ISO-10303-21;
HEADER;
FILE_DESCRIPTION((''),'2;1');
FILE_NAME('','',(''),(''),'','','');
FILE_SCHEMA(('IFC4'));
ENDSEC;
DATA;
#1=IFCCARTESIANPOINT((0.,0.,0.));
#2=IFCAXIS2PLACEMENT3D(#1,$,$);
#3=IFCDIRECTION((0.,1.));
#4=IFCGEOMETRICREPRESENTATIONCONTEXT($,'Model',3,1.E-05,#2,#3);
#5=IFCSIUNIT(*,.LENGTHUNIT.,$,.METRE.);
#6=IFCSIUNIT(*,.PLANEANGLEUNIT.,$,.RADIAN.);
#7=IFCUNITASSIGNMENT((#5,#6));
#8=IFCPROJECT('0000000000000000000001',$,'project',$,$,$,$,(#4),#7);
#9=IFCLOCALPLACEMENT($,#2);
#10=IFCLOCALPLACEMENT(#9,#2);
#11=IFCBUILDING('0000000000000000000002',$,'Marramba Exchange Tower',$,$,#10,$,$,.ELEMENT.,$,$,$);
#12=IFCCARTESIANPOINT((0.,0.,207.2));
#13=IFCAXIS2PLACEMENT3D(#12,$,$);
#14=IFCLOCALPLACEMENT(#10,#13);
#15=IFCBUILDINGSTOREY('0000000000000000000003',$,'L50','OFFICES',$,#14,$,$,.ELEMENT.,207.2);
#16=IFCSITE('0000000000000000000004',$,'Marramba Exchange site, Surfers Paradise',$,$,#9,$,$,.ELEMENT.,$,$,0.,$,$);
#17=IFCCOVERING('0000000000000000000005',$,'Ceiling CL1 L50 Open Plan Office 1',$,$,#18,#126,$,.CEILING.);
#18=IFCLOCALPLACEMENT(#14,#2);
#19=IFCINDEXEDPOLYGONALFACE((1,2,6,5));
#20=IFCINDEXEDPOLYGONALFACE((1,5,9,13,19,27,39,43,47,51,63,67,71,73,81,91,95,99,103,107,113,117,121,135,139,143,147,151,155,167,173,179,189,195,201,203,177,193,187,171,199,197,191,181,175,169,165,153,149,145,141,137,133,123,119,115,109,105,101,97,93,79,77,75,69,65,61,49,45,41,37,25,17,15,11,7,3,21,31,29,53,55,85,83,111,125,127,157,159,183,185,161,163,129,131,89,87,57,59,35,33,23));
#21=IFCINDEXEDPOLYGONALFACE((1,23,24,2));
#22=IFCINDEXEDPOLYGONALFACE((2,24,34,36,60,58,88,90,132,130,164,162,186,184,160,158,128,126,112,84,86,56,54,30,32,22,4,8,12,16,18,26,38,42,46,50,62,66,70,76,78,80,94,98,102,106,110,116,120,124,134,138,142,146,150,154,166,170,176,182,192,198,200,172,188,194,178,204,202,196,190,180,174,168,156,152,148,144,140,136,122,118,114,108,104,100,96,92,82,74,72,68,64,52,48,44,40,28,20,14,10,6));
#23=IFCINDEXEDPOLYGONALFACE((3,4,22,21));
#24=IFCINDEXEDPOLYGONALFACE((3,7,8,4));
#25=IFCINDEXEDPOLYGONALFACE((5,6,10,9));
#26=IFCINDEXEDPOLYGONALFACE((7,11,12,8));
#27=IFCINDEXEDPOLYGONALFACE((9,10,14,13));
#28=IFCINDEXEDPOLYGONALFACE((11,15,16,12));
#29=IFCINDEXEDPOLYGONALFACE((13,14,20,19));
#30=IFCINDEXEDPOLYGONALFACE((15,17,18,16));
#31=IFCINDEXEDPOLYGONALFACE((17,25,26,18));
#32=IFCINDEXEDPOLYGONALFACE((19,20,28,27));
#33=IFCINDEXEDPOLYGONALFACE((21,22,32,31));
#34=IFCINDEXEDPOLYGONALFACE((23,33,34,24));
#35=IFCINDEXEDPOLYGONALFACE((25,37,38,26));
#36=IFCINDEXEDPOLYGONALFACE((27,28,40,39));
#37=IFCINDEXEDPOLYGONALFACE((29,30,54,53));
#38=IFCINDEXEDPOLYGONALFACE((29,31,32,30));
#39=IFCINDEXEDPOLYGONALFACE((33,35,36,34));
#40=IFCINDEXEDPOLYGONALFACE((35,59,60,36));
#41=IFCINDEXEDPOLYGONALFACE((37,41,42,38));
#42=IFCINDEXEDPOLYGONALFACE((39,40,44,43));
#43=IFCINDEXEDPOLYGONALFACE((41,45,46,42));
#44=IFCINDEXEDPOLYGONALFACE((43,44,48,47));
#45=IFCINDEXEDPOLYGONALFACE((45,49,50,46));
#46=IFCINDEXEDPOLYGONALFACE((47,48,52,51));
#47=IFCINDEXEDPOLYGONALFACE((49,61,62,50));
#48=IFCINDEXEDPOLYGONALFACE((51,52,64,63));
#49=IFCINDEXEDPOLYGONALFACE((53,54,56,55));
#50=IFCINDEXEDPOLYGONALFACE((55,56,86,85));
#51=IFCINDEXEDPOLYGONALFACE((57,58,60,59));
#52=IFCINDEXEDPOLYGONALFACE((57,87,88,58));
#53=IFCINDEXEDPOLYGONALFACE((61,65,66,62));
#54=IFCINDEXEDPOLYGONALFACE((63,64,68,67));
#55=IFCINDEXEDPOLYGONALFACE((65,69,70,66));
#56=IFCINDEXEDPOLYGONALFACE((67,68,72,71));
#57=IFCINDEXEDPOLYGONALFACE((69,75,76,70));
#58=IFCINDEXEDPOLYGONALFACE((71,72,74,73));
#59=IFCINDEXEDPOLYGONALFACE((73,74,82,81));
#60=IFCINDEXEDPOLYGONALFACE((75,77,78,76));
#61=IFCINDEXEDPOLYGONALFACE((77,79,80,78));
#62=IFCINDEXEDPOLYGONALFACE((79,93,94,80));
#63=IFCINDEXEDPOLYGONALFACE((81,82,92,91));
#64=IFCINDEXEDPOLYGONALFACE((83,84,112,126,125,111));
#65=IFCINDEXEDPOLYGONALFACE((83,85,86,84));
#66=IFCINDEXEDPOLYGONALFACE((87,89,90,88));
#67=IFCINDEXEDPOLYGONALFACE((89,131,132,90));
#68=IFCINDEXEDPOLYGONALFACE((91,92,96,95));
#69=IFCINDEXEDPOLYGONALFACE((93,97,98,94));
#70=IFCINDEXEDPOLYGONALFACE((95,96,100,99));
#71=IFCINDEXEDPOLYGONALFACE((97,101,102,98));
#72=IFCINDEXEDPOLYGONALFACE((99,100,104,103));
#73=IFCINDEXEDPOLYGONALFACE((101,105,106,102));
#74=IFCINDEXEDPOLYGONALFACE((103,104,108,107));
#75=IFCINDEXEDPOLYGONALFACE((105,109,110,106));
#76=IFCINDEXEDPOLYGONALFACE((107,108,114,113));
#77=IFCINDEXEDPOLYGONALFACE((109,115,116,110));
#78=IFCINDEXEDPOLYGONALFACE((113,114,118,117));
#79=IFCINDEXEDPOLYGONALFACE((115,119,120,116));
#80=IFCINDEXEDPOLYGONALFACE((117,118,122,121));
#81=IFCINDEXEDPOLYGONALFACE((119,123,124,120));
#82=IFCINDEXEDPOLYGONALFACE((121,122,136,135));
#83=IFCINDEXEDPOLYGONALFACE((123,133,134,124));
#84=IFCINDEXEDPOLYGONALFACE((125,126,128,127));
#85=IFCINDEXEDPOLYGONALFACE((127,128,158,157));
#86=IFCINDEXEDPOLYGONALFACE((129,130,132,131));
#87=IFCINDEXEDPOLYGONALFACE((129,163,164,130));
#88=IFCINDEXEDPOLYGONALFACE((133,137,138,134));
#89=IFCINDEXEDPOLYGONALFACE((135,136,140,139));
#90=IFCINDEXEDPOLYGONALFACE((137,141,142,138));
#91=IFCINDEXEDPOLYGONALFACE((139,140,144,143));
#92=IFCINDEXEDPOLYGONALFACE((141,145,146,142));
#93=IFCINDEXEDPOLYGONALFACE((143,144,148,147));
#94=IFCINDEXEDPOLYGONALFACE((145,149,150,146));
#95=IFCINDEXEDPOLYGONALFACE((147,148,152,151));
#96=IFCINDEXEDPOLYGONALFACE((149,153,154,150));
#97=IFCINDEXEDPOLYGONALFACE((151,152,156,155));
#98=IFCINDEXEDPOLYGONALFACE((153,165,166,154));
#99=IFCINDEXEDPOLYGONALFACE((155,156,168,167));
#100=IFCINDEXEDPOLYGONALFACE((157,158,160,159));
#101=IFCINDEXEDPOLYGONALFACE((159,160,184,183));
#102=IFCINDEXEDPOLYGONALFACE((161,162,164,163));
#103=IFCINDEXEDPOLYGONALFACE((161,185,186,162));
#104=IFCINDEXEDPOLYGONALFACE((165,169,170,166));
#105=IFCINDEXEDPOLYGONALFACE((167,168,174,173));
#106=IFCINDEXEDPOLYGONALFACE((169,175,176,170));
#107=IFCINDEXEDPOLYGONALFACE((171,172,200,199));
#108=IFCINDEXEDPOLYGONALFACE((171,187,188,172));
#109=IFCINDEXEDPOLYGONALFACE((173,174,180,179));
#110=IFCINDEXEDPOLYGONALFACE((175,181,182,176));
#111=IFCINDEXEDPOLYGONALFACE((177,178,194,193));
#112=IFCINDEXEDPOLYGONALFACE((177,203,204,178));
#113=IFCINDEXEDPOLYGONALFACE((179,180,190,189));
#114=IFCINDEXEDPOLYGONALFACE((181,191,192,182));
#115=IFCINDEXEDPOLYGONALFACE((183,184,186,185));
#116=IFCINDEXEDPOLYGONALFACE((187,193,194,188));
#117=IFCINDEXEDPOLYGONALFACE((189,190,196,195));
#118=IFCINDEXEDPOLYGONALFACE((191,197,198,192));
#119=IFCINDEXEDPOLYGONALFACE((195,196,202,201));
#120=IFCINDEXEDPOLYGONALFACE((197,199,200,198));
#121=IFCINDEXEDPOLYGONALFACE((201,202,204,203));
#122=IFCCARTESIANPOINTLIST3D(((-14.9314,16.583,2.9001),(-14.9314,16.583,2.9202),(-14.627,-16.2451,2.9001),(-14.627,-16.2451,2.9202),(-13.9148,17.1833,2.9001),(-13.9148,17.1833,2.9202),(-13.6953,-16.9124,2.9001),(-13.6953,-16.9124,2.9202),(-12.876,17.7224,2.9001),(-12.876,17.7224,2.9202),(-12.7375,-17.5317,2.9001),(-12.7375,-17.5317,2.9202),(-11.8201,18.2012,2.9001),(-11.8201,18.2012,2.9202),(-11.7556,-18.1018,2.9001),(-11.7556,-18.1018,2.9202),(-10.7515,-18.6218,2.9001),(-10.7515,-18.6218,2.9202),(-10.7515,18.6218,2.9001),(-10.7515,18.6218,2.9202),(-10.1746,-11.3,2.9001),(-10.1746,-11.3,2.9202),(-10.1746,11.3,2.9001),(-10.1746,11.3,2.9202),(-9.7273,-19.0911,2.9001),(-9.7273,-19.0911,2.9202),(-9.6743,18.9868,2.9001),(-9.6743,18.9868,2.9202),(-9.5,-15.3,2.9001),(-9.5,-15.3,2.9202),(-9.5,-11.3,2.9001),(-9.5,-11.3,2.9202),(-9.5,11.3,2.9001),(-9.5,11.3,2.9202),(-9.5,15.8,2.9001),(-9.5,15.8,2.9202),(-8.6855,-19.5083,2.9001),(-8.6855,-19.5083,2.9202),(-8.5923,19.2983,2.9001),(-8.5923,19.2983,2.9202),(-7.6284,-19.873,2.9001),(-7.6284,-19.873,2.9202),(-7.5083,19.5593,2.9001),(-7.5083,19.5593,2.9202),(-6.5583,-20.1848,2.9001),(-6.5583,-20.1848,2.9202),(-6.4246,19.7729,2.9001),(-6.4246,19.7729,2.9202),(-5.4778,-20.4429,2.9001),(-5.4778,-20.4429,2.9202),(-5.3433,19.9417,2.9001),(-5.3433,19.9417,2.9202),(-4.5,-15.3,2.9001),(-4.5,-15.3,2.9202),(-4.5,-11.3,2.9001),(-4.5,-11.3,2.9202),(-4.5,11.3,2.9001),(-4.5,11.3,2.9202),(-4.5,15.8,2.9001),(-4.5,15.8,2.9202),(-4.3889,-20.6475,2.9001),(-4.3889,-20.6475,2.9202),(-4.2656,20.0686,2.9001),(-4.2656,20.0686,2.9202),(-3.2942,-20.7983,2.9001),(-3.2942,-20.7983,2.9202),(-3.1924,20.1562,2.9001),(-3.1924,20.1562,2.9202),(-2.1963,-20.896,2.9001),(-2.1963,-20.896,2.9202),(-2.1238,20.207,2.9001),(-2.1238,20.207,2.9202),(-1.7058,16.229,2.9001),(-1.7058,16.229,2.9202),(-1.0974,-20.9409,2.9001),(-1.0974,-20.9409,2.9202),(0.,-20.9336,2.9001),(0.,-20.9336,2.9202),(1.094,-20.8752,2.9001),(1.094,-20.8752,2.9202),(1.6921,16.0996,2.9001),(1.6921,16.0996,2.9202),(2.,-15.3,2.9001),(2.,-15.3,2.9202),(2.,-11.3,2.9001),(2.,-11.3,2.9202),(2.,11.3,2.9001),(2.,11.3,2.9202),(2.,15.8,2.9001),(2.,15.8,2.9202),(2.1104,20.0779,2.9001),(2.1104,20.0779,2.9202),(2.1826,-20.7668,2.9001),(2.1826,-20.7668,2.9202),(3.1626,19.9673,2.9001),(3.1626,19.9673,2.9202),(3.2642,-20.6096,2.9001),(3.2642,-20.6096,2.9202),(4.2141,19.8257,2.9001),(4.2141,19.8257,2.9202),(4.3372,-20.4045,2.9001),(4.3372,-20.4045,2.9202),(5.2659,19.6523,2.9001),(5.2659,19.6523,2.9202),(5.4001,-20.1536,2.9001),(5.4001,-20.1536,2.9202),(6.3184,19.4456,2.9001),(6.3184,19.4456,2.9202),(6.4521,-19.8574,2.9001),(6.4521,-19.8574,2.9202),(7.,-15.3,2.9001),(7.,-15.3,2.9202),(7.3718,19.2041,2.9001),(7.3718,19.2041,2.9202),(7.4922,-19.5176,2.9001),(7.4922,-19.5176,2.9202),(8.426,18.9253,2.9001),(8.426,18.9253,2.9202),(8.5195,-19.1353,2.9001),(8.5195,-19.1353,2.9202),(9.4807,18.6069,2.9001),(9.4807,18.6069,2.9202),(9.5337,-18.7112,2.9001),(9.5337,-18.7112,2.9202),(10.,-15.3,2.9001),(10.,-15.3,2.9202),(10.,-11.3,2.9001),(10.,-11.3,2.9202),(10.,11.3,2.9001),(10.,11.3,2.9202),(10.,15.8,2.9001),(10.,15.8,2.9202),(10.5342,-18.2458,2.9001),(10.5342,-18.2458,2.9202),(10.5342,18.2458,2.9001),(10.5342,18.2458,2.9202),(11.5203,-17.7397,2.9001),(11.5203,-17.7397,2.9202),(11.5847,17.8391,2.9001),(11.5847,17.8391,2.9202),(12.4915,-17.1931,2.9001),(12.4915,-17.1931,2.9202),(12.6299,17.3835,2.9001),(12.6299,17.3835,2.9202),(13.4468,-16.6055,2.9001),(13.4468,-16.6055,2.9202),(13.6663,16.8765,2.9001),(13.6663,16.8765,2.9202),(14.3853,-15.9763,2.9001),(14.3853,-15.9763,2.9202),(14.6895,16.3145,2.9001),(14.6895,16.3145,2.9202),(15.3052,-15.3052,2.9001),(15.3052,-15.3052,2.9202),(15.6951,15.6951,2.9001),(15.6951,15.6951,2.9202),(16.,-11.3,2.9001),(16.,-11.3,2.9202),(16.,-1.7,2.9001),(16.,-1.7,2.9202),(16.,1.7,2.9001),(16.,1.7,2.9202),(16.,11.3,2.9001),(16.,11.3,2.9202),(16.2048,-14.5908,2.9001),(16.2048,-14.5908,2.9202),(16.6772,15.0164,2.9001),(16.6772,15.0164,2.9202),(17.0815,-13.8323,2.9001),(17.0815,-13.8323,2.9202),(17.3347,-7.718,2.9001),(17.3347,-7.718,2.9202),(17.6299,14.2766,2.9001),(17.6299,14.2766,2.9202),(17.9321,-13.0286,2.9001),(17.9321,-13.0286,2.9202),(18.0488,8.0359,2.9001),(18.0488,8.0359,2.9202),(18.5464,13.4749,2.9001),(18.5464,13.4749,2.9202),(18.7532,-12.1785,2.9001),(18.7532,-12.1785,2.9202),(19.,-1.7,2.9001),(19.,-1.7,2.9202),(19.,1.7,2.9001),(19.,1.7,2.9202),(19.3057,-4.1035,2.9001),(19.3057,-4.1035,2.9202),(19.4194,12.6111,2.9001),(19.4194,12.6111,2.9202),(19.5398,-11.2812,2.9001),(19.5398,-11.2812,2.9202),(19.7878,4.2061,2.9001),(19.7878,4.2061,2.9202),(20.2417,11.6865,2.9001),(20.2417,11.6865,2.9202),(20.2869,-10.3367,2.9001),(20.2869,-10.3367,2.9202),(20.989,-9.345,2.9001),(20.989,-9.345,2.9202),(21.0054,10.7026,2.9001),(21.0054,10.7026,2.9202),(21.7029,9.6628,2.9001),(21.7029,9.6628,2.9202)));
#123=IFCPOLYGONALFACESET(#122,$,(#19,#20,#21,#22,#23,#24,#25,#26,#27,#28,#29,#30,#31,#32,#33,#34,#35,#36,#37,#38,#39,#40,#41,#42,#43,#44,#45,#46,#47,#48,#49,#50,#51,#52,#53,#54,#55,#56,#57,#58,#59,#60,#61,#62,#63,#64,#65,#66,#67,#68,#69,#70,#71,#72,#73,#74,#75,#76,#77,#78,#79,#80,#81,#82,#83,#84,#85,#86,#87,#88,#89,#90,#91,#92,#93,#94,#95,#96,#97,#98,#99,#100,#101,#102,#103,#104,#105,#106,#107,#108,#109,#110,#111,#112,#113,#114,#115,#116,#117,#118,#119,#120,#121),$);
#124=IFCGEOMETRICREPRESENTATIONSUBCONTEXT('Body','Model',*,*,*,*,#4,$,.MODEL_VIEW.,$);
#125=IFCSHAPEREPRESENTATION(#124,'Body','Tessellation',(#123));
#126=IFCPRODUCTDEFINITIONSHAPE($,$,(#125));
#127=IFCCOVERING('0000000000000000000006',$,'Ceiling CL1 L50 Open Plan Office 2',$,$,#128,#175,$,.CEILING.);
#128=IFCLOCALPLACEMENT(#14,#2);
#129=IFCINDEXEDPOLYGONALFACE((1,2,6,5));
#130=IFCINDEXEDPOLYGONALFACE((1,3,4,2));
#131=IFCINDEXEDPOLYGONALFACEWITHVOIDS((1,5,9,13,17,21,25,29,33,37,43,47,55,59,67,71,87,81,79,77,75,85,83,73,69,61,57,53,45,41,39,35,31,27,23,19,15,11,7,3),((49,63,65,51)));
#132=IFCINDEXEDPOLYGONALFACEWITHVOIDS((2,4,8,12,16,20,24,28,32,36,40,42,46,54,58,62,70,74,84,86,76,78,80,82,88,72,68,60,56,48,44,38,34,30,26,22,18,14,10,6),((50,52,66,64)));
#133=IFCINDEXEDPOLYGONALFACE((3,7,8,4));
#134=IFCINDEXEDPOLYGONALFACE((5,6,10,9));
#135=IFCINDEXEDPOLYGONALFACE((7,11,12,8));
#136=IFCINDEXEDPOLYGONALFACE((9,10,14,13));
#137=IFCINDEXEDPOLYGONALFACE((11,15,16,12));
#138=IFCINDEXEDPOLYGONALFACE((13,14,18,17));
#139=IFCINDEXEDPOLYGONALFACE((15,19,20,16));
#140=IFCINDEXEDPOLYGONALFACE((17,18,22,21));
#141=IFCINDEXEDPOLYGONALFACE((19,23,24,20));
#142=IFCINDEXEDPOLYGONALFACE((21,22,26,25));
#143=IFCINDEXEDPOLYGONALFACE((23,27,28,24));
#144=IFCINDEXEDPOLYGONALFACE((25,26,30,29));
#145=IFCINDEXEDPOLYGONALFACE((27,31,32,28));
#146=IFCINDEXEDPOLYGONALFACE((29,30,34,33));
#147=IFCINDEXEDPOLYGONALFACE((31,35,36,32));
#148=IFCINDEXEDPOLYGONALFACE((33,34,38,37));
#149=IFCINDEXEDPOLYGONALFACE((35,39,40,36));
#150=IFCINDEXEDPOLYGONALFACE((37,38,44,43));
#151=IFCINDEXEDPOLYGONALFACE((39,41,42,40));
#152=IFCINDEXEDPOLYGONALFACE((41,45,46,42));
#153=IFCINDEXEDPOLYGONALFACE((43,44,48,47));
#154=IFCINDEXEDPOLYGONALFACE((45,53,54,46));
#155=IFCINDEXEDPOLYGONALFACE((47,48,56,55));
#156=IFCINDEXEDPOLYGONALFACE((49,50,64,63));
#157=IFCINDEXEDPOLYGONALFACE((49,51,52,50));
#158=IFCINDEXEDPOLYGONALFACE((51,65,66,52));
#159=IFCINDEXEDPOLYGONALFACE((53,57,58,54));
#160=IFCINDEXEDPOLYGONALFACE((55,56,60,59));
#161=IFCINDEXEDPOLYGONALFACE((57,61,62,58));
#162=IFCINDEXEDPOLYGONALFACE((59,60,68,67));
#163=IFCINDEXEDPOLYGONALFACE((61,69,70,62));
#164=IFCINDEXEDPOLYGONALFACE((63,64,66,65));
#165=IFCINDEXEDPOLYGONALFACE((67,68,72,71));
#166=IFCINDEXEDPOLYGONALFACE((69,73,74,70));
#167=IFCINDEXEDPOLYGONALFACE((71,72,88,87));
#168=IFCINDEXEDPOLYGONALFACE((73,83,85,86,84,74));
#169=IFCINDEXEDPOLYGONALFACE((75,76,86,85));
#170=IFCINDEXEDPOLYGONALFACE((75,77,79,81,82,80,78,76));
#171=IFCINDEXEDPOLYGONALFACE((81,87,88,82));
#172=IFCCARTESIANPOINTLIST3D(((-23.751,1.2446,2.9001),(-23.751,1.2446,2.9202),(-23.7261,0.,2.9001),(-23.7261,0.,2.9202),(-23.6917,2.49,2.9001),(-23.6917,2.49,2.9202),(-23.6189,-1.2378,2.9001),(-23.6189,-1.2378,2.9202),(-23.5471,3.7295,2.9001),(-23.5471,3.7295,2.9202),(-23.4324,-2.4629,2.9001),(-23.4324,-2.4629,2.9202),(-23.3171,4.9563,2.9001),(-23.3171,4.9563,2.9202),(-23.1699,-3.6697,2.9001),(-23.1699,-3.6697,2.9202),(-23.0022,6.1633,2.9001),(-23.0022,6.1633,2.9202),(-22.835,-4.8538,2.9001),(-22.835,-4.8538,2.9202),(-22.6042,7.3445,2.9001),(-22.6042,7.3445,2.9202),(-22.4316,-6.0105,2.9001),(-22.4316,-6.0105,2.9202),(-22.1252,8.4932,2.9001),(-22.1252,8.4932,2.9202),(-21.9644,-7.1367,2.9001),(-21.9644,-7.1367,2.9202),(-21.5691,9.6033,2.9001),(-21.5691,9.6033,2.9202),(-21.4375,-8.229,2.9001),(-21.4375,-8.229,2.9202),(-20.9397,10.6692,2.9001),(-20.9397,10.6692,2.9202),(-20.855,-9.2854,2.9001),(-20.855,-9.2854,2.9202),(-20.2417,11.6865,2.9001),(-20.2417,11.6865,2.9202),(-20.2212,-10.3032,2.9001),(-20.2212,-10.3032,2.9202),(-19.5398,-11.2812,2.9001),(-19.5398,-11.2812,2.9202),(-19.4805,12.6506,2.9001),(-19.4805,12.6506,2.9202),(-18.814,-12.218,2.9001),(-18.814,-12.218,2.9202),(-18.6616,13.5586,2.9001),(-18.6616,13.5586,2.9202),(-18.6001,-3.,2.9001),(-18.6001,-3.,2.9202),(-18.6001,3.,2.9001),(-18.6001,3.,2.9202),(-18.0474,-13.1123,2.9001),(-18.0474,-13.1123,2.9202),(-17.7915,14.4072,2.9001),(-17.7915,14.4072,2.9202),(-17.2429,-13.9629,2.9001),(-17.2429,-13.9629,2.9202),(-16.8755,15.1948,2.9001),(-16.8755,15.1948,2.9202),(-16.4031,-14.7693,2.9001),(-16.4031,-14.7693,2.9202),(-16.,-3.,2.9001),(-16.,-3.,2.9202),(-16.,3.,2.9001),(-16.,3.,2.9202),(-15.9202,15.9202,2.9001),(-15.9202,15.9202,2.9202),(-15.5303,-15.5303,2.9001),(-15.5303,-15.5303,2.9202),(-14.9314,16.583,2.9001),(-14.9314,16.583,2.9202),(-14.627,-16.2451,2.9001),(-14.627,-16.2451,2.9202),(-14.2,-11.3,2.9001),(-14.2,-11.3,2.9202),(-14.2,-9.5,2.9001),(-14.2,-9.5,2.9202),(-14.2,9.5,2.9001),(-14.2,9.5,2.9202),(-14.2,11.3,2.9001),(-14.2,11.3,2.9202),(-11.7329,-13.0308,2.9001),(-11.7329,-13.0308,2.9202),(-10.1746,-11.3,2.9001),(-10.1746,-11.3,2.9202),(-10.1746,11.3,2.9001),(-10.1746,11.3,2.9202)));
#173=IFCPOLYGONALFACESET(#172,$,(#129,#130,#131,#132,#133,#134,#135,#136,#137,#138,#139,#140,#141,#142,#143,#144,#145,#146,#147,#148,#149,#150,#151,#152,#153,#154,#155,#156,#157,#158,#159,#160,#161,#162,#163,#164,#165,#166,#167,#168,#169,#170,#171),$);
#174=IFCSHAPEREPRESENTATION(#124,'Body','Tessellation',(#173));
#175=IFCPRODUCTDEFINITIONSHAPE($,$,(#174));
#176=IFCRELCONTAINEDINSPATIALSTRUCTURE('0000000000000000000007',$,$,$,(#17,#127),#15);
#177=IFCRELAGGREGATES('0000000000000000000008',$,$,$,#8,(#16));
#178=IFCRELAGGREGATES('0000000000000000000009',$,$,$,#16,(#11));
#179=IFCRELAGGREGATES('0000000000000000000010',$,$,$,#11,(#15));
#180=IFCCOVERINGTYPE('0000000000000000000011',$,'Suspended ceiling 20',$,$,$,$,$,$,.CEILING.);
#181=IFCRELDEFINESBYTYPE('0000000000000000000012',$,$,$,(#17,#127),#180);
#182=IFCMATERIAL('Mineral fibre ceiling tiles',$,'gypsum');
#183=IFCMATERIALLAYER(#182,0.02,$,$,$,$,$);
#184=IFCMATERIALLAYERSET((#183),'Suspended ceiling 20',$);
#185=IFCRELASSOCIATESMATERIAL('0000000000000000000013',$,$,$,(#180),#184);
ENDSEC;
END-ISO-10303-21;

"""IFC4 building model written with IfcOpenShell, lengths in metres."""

from ifc_helpers import new_model, si_unit, direction, frame, origin, place, context, subcontext, project, spatial, polyline, outline, extrude, material, layer, layer_set, type_object, element, save


model = new_model("IFC4")

# Units and contexts
model_context = context("Model", 3, precision=1e-05, world=origin(), true_north=direction((0.0, 1.0)))
body_context = subcontext(model_context, "Body", "Model", "MODEL_VIEW")
ifc_project = project(units=[si_unit("LENGTHUNIT", "METRE"), si_unit("PLANEANGLEUNIT", "RADIAN")], contexts=[model_context])

# Site, building, storey
site_placement = place(None, origin())
site = spatial("IfcSite", under=ifc_project, at=site_placement, Name="Marramba Exchange site, Surfers Paradise", CompositionType="ELEMENT", RefElevation=0.0)
building_placement = place(site_placement, origin())
building = spatial("IfcBuilding", under=site, at=building_placement, Name="Marramba Exchange Tower", CompositionType="ELEMENT")
storey_placement = place(building_placement, frame((0.0, 0.0, 207.2)))
storey = spatial("IfcBuildingStorey", under=building, at=storey_placement, Name="L50", Description="OFFICES", CompositionType="ELEMENT", Elevation=207.2)

# Coverings
ifc_material_1 = material(Name="Mineral fibre ceiling tiles", Category="gypsum")
ifc_layer_1 = layer(ifc_material_1, 0.02)
ifc_layer_set_1 = layer_set([ifc_layer_1], Name="Suspended ceiling 20")
covering_type = type_object("IfcCoveringType", Name="Suspended ceiling 20", PredefinedType="CEILING", material=ifc_layer_set_1)
covering_1_placement = place(storey_placement, frame((0.0, 0.0, 2.9001)))
element("IfcCovering", 1, at=covering_1_placement, inside=storey, type_object=covering_type, Name="Ceiling CL1 L50 Open Plan Office 1", PredefinedType="CEILING", context=body_context, shape_type="SweptSolid", body=[
    extrude(outline(polyline([(16.0, -1.7), (19.0, -1.7), (19.0, 1.7), (16.0, 1.7), (16.0, 11.3), (10.0, 11.3), (10.0, 15.8), (2.0, 15.8), (2.0, 11.3), (-4.5, 11.3), (-4.5, 15.8), (-9.5, 15.8), (-9.5, 11.3), (-10.1746, 11.3), (-14.9314, 16.583), (-13.9148, 17.1833), (-12.876, 17.7224), (-11.8201, 18.2012), (-10.7515, 18.6218), (-9.6743, 18.9868), (-8.5923, 19.2983), (-7.5083, 19.5593), (-6.4246, 19.7729), (-5.3433, 19.9417), (-4.2656, 20.0686), (-3.1924, 20.1562), (-2.1238, 20.207), (-1.7058, 16.229), (1.6921, 16.0996), (2.1104, 20.0779), (3.1626, 19.9673), (4.2141, 19.8257), (5.2659, 19.6523), (6.3184, 19.4456), (7.3718, 19.2041), (8.426, 18.9253), (9.4807, 18.6069), (10.5342, 18.2458), (11.5847, 17.8391), (12.6299, 17.3835), (13.6663, 16.8765), (14.6895, 16.3145), (15.6951, 15.6951), (16.6772, 15.0164), (17.6299, 14.2766), (18.5464, 13.4749), (19.4194, 12.6111), (20.2417, 11.6865), (21.0054, 10.7026), (21.7029, 9.6628), (18.0488, 8.0359), (19.7878, 4.2061), (19.3057, -4.1035), (17.3347, -7.718), (20.989, -9.345), (20.2869, -10.3367), (19.5398, -11.2812), (18.7532, -12.1785), (17.9321, -13.0286), (17.0815, -13.8323), (16.2048, -14.5908), (15.3052, -15.3052), (14.3853, -15.9763), (13.4468, -16.6055), (12.4915, -17.1931), (11.5203, -17.7397), (10.5342, -18.2458), (9.5337, -18.7112), (8.5195, -19.1353), (7.4922, -19.5176), (6.4521, -19.8574), (5.4001, -20.1536), (4.3372, -20.4045), (3.2642, -20.6096), (2.1826, -20.7668), (1.094, -20.8752), (0.0, -20.9336), (-1.0974, -20.9409), (-2.1963, -20.896), (-3.2942, -20.7983), (-4.3889, -20.6475), (-5.4778, -20.4429), (-6.5583, -20.1848), (-7.6284, -19.873), (-8.6855, -19.5083), (-9.7273, -19.0911), (-10.7515, -18.6218), (-11.7556, -18.1018), (-12.7375, -17.5317), (-13.6953, -16.9124), (-14.627, -16.2451), (-10.1746, -11.3), (-9.5, -11.3), (-9.5, -15.3), (-4.5, -15.3), (-4.5, -11.3), (2.0, -11.3), (2.0, -15.3), (7.0, -15.3), (10.0, -15.3), (10.0, -11.3), (16.0, -11.3), (16.0, -1.7)])), origin(), (0.0, 0.0, 1.0), 0.02),
])
covering_2_placement = place(storey_placement, frame((0.0, 0.0, 2.9001)))
element("IfcCovering", 2, at=covering_2_placement, inside=storey, type_object=covering_type, Name="Ceiling CL1 L50 Open Plan Office 2", PredefinedType="CEILING", context=body_context, shape_type="SweptSolid", body=[
    extrude(outline(polyline([(-16.4031, -14.7693), (-17.2429, -13.9629), (-18.0474, -13.1123), (-18.814, -12.218), (-19.5398, -11.2812), (-20.2212, -10.3032), (-20.855, -9.2854), (-21.4375, -8.229), (-21.9644, -7.1367), (-22.4316, -6.0105), (-22.835, -4.8538), (-23.1699, -3.6697), (-23.4324, -2.4629), (-23.6189, -1.2378), (-23.7261, 0.0), (-23.751, 1.2446), (-23.6917, 2.49), (-23.5471, 3.7295), (-23.3171, 4.9563), (-23.0022, 6.1633), (-22.6042, 7.3445), (-22.1252, 8.4932), (-21.5691, 9.6033), (-20.9397, 10.6692), (-20.2417, 11.6865), (-19.4805, 12.6506), (-18.6616, 13.5586), (-17.7915, 14.4072), (-16.8755, 15.1948), (-15.9202, 15.9202), (-14.9314, 16.583), (-10.1746, 11.3), (-14.2, 11.3), (-14.2, 9.5), (-14.2, -9.5), (-14.2, -11.3), (-10.1746, -11.3), (-11.7329, -13.0308), (-14.627, -16.2451), (-15.5303, -15.5303), (-16.4031, -14.7693)]), holes=[polyline([(-16.0, 3.0), (-18.6001, 3.0), (-18.6001, -3.0), (-16.0, -3.0), (-16.0, 3.0)])]), origin(), (0.0, 0.0, 1.0), 0.02),
])

save(model, "model.ifc")
